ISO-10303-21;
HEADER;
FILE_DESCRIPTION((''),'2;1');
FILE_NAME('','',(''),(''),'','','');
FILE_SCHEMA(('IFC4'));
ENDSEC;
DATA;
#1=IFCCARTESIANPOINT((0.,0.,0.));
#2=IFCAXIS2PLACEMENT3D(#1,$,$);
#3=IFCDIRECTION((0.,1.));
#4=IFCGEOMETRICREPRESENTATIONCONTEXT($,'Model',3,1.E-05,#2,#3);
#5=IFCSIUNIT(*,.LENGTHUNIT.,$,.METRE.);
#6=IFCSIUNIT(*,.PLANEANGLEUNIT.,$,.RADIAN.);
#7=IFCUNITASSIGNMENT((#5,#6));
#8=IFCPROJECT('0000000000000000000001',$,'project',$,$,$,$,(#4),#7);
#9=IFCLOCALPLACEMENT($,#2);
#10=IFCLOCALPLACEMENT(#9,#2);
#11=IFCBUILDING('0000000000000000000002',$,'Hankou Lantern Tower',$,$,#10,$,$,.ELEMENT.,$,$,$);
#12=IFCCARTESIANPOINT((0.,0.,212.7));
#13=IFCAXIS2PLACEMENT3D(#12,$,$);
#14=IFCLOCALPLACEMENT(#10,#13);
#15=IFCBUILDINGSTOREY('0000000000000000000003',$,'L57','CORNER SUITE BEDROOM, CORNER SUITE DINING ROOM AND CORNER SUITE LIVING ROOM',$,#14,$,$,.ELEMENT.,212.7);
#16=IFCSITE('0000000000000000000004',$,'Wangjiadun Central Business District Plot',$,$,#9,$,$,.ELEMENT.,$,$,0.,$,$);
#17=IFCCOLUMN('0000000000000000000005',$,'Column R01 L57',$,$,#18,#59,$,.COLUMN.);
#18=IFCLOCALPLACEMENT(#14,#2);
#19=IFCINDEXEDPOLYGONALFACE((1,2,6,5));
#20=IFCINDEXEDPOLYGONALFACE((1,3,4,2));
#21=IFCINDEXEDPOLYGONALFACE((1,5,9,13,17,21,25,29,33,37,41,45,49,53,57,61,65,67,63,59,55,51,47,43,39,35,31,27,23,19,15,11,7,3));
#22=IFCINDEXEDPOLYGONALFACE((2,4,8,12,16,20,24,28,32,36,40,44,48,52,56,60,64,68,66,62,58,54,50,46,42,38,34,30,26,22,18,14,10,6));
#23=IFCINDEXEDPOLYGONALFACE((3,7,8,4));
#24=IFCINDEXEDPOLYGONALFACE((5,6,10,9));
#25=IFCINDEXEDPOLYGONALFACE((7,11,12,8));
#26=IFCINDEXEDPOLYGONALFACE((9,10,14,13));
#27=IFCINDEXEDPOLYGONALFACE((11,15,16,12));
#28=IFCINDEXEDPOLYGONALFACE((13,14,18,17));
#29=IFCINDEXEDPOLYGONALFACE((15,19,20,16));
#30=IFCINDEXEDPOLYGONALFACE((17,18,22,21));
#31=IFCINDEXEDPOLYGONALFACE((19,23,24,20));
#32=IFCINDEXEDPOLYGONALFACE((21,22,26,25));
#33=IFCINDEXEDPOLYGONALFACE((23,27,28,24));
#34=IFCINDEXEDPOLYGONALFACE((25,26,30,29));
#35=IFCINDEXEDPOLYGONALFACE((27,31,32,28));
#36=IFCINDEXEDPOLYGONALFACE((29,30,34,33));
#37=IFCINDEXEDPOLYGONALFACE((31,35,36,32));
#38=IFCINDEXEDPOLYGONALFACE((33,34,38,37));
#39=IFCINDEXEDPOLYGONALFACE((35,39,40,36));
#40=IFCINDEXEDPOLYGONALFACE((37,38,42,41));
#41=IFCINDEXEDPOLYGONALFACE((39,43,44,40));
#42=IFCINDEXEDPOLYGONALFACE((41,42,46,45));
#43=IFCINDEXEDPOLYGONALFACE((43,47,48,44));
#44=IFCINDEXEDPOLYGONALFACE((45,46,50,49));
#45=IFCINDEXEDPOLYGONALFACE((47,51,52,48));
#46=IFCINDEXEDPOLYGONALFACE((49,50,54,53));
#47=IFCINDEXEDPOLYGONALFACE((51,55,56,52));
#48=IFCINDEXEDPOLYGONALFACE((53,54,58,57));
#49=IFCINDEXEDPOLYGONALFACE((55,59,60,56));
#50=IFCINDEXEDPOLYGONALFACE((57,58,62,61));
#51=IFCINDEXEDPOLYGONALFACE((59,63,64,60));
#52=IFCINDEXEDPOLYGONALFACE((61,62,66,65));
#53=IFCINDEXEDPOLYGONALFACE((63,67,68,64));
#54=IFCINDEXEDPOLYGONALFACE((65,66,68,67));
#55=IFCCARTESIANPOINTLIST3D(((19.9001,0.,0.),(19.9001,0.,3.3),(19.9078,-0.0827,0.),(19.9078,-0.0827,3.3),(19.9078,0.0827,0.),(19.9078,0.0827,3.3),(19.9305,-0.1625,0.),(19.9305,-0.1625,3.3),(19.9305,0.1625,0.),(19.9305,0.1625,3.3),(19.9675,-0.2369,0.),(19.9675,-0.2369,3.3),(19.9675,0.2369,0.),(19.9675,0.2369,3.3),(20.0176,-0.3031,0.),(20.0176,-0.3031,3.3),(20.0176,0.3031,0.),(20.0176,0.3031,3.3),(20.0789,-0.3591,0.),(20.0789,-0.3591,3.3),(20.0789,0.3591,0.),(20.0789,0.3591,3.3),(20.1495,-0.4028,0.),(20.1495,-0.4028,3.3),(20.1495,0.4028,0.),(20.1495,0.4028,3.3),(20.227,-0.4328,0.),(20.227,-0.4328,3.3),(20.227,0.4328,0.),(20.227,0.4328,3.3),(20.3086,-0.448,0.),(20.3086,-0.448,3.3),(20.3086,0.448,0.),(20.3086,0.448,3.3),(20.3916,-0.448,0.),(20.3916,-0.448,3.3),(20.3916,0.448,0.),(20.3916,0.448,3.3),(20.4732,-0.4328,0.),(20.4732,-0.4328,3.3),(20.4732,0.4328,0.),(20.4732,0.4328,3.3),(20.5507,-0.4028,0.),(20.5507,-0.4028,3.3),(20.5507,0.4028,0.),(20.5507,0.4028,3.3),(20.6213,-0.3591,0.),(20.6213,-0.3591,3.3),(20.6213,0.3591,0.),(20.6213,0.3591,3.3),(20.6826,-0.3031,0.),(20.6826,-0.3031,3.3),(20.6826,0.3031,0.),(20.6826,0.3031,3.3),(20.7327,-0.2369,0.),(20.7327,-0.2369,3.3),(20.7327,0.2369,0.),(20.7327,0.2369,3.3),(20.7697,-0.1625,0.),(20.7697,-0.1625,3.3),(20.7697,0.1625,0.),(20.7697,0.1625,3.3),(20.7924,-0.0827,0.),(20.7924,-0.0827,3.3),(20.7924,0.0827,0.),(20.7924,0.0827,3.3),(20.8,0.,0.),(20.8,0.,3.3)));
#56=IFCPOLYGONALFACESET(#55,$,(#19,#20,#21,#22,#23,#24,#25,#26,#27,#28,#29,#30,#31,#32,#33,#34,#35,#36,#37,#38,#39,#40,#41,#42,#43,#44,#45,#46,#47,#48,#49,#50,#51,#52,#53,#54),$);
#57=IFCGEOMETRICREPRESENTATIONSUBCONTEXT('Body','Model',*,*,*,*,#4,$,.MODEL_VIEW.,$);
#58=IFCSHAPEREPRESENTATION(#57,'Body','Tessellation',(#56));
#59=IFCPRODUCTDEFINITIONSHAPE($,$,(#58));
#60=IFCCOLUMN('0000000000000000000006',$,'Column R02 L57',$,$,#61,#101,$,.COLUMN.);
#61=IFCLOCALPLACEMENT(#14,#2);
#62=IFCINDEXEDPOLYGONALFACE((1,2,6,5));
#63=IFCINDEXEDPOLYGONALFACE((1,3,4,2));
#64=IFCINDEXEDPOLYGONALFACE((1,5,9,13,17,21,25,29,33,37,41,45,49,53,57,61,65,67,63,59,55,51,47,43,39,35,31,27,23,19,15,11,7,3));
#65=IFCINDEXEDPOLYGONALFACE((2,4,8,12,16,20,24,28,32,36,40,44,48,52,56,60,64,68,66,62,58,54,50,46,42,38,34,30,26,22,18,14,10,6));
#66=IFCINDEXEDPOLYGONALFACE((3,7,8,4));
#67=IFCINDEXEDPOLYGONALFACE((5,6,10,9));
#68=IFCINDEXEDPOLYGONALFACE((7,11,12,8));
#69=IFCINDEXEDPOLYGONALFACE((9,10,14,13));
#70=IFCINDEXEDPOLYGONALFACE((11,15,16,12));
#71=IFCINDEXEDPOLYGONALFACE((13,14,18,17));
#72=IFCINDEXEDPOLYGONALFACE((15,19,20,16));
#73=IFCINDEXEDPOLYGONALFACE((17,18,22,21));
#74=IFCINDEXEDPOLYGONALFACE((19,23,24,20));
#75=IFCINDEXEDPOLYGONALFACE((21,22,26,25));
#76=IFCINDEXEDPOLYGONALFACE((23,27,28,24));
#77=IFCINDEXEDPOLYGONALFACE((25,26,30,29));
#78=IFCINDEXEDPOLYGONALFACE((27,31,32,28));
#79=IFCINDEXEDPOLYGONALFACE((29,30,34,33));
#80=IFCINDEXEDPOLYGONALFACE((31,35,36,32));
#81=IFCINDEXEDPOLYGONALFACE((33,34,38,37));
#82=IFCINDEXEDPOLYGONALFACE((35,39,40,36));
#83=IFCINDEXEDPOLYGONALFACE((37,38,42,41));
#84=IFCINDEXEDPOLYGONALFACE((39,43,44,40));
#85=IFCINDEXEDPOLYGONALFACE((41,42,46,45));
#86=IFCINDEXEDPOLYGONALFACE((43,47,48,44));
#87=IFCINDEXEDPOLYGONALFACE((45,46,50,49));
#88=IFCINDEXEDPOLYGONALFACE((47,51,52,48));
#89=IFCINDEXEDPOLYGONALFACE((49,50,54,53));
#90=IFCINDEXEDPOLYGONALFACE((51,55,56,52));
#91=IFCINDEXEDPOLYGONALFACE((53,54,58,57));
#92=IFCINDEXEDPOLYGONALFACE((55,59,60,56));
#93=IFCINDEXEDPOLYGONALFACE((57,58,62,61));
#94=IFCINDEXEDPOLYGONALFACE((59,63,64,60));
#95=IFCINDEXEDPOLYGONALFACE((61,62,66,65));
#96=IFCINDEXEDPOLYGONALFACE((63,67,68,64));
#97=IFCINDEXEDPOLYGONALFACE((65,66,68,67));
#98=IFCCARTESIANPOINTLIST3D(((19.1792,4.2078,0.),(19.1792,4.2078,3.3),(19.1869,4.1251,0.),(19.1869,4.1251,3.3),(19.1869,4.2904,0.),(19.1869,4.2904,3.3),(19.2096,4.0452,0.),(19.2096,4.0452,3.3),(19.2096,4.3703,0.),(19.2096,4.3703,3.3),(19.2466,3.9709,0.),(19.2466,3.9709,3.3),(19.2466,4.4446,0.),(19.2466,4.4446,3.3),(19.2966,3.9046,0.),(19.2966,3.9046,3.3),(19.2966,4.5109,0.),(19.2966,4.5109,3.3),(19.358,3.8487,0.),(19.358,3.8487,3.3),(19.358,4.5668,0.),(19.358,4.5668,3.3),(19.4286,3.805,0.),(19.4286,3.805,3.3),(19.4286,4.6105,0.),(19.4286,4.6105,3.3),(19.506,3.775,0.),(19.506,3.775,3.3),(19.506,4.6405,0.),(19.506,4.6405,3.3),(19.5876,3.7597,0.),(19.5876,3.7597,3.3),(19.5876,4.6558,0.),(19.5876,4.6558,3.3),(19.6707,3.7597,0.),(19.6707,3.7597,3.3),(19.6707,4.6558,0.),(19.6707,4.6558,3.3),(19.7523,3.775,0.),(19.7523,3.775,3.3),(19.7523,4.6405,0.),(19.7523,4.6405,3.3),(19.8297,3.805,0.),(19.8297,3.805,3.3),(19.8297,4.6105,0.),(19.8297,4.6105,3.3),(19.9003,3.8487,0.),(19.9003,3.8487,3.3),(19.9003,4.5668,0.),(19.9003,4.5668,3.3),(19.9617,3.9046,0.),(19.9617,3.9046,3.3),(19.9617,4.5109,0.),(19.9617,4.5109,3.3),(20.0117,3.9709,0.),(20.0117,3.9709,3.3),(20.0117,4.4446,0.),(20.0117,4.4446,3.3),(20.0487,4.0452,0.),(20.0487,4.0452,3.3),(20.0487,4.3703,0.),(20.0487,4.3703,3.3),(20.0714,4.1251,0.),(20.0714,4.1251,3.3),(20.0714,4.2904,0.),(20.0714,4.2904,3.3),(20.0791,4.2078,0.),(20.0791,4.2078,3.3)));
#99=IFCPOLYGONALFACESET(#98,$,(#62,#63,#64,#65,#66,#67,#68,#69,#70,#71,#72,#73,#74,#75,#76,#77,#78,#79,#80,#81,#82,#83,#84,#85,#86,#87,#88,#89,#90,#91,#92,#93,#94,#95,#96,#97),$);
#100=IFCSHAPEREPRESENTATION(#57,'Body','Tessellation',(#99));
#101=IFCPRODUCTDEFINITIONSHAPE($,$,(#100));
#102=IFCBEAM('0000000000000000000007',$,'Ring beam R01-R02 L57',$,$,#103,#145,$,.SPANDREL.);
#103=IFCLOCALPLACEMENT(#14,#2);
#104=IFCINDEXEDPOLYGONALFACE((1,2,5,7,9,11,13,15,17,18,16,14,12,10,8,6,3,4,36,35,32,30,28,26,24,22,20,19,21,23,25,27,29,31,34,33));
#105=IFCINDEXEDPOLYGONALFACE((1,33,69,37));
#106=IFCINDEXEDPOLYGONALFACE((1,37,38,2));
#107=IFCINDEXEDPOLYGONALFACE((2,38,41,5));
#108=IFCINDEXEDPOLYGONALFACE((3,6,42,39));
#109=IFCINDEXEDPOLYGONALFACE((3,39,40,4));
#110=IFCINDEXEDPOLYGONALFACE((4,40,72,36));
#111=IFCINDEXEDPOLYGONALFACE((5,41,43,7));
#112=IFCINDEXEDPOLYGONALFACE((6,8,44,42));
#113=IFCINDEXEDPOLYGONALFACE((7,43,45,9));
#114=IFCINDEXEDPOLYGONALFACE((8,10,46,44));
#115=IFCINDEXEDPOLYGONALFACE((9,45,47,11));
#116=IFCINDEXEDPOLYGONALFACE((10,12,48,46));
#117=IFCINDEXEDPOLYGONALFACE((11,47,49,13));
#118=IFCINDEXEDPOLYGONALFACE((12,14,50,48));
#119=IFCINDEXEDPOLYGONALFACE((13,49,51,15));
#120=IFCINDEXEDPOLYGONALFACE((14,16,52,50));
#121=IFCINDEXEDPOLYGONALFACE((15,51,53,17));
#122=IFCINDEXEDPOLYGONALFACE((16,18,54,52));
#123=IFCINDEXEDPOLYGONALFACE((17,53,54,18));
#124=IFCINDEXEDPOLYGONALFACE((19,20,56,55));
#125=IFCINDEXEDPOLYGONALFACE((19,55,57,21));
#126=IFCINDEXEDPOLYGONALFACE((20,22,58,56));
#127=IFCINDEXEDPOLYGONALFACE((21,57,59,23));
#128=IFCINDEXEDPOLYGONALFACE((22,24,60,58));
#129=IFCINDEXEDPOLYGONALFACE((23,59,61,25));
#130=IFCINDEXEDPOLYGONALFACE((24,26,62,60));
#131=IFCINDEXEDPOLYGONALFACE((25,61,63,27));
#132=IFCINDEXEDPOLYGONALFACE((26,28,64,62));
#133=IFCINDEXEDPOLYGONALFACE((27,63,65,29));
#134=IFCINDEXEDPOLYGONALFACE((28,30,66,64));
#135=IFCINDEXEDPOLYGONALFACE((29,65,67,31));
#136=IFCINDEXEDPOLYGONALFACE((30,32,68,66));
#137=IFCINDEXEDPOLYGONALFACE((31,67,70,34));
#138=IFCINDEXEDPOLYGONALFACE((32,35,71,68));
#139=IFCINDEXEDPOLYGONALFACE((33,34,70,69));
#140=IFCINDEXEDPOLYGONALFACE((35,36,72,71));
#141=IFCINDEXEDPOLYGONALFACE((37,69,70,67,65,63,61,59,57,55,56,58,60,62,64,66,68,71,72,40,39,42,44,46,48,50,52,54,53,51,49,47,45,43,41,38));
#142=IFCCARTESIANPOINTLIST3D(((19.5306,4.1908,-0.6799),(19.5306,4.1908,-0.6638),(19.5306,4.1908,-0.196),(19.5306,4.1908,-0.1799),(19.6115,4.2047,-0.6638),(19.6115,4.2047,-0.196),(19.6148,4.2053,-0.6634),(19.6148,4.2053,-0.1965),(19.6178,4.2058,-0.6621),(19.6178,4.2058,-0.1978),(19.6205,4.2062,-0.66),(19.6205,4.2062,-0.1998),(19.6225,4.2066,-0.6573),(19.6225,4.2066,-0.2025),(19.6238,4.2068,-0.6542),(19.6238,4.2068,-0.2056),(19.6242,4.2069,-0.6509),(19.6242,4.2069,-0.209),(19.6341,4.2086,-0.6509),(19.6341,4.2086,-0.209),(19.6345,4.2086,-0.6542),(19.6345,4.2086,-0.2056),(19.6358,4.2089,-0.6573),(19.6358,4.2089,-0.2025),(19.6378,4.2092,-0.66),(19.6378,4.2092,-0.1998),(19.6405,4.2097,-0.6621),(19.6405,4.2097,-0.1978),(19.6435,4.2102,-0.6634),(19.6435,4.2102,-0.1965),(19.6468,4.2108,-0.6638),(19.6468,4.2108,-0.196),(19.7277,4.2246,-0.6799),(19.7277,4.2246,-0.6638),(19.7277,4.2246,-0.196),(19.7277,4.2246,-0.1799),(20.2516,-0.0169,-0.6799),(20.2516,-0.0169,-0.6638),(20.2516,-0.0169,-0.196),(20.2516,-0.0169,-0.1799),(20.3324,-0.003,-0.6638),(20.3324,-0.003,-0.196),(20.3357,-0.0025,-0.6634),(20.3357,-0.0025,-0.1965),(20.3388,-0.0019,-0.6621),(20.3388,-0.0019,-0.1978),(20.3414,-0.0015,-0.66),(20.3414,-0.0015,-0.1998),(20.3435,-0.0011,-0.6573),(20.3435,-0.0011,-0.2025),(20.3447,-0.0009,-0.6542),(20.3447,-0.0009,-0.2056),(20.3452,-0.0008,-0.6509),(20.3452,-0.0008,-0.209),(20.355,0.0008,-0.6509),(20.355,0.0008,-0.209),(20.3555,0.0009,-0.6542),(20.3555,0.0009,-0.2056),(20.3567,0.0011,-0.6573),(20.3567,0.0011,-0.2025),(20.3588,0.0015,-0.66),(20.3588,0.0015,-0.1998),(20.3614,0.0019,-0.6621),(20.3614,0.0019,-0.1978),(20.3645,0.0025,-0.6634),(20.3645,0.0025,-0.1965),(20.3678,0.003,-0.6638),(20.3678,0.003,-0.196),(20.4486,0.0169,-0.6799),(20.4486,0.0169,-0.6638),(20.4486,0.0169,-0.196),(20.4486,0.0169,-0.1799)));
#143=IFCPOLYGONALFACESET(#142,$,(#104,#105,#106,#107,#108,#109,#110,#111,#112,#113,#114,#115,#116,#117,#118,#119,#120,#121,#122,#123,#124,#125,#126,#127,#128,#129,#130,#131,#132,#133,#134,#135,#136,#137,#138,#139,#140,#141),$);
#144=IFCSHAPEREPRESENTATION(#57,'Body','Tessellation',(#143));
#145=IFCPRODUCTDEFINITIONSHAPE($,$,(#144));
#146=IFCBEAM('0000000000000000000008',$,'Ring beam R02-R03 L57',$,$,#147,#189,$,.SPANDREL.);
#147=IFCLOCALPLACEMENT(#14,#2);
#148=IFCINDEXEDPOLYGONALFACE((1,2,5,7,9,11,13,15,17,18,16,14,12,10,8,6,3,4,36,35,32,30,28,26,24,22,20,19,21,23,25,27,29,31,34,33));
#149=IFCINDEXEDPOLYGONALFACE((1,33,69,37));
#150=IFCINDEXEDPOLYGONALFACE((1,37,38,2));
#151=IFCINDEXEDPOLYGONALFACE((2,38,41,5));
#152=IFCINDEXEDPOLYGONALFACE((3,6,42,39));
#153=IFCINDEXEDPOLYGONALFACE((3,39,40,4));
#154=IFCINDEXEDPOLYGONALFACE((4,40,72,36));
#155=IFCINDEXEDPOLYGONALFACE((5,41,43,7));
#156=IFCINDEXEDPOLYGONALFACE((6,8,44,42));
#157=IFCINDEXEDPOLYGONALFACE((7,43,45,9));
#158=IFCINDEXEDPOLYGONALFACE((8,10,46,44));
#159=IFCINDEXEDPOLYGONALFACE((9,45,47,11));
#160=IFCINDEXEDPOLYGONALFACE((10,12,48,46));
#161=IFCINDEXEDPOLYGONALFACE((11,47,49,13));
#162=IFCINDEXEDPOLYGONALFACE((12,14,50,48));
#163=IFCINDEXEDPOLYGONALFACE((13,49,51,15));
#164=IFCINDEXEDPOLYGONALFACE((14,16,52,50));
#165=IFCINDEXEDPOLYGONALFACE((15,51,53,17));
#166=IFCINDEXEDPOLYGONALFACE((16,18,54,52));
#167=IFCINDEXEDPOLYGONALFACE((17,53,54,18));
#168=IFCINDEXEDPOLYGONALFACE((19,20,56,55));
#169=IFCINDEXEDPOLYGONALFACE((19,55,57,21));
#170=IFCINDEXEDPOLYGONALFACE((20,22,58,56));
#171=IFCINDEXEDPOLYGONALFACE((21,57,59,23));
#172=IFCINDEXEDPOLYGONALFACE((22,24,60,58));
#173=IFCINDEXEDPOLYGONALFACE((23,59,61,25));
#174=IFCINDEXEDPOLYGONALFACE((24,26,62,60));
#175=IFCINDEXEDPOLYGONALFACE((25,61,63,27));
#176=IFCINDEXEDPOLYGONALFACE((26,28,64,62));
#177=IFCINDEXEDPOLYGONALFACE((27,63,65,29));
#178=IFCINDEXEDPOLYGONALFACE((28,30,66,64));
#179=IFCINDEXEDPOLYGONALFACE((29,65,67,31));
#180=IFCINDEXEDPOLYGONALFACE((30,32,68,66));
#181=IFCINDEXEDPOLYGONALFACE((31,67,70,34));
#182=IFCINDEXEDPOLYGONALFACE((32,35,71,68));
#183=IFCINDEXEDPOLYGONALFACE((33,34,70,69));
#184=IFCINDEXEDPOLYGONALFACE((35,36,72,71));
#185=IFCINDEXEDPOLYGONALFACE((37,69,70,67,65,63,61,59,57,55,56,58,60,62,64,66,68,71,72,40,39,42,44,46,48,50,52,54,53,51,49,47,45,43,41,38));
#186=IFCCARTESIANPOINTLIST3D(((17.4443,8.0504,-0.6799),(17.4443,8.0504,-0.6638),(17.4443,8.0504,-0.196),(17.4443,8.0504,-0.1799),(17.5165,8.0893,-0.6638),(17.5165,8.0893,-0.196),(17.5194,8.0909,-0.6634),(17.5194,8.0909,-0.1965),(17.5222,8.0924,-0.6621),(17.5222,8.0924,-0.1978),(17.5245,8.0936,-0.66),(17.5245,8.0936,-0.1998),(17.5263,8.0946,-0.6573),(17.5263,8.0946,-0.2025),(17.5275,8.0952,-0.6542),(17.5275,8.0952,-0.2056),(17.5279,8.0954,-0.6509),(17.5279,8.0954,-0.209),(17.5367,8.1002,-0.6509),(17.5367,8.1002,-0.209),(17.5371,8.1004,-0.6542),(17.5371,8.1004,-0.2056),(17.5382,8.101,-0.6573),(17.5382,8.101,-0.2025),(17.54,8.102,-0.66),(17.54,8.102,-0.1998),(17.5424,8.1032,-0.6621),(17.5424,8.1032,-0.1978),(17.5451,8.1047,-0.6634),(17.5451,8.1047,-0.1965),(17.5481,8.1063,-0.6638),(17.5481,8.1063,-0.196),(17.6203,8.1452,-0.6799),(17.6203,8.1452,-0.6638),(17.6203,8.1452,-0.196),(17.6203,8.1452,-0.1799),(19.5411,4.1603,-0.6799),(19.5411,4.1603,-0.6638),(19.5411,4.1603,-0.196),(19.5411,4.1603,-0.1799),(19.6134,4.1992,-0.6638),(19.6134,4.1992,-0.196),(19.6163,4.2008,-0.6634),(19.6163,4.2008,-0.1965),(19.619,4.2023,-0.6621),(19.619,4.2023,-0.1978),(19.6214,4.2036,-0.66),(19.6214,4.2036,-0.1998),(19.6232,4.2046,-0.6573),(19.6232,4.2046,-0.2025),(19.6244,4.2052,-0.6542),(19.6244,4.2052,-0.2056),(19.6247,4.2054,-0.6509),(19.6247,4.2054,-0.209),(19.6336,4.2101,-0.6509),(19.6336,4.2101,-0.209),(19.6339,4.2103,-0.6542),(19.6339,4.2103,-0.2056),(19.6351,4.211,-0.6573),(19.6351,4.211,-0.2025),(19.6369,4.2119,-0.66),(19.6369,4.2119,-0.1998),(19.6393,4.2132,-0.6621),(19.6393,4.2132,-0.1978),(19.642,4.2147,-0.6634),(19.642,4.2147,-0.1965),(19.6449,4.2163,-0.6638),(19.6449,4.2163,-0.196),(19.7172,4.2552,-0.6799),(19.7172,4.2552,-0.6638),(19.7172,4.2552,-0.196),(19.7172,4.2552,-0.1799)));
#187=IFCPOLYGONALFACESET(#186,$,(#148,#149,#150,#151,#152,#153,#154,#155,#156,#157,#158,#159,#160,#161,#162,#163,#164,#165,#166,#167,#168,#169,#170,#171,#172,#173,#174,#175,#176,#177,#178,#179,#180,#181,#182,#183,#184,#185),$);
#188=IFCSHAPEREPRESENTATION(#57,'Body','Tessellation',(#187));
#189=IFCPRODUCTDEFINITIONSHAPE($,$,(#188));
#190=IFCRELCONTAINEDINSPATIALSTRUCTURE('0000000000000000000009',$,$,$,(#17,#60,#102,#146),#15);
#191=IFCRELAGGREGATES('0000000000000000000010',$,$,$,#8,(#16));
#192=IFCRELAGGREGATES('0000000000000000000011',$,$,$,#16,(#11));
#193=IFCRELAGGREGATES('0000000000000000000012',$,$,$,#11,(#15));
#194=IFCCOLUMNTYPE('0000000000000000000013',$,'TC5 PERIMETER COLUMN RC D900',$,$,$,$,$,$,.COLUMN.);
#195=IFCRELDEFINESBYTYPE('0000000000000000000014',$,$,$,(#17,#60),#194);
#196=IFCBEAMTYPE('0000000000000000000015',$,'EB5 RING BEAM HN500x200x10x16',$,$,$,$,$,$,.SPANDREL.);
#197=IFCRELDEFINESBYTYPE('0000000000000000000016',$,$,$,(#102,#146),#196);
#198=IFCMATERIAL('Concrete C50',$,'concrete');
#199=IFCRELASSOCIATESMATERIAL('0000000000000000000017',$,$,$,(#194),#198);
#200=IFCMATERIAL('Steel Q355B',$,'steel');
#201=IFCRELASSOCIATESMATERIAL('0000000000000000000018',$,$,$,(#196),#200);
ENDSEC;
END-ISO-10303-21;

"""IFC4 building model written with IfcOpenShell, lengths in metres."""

from ifc_helpers import new_model, si_unit, direction, frame, origin, origin_2d, place, context, subcontext, project, spatial, circle, i_section, extrude, material, material_profile, profile_set, type_object, element, save


model = new_model("IFC4")

# Units and contexts
model_context = context("Model", 3, precision=1e-05, world=origin(), true_north=direction((0.0, 1.0)))
body_context = subcontext(model_context, "Body", "Model", "MODEL_VIEW")
ifc_project = project(units=[si_unit("LENGTHUNIT", "METRE"), si_unit("PLANEANGLEUNIT", "RADIAN")], contexts=[model_context])

# Site, building, storey
site_placement = place(None, origin())
site = spatial("IfcSite", under=ifc_project, at=site_placement, Name="Wangjiadun Central Business District Plot", CompositionType="ELEMENT", RefElevation=0.0)
building_placement = place(site_placement, origin())
building = spatial("IfcBuilding", under=site, at=building_placement, Name="Hankou Lantern Tower", CompositionType="ELEMENT")
storey_placement = place(building_placement, frame((0.0, 0.0, 212.7)))
storey = spatial("IfcBuildingStorey", under=building, at=storey_placement, Name="L57", Description="CORNER SUITE BEDROOM, CORNER SUITE DINING ROOM AND CORNER SUITE LIVING ROOM", CompositionType="ELEMENT", Elevation=212.7)

# Columns
ifc_material_1 = material(Name="Concrete C50", Category="concrete")
ifc_material_profile_1 = material_profile(ifc_material_1, circle(Radius=0.45, at=origin_2d()), Name="RC D900")
ifc_profile_set_1 = profile_set([ifc_material_profile_1], Name="Concrete C50")
column_type = type_object("IfcColumnType", Name="TC5 PERIMETER COLUMN RC D900", PredefinedType="COLUMN", material=ifc_profile_set_1)
for number, where, z_axis, x_axis, name in (
    (1, (20.3501, 0.0, 0.0), (0.0, 0.0, 1.0), (1.0, 0.0, 0.0), "Column R01 L57"),
    (2, (19.6292, 4.2078, 0.0), (0.0, 0.0, 1.0), (1.0, 0.0, 0.0), "Column R02 L57"),
):
    element("IfcColumn", number, at=place(storey_placement, frame(where, z_axis=z_axis, x_axis=x_axis)), inside=storey, type_object=column_type, Name=name, PredefinedType="COLUMN", context=body_context, shape_type="SweptSolid", body=[
        extrude(circle(Radius=0.45, at=origin_2d()), origin(), (0.0, 0.0, 1.0), 3.3),
    ])

# Beams
ifc_material_2 = material(Name="Steel Q355B", Category="steel")
ifc_material_profile_2 = material_profile(ifc_material_2, i_section(OverallWidth=0.2, OverallDepth=0.5, WebThickness=0.01, FlangeThickness=0.0161, FilletRadius=0.0129, at=origin_2d()), Name="HN500x200x10x16")
ifc_profile_set_2 = profile_set([ifc_material_profile_2], Name="Steel Q355B")
beam_type_1 = type_object("IfcBeamType", Name="EB5 RING BEAM HN500x200x10x16", PredefinedType="SPANDREL", material=ifc_profile_set_2)
beam_1_placement = place(storey_placement, frame((20.3501, 0.0, -0.4299), z_axis=(-0.168877, 0.985637, 0.0), x_axis=(-0.985637, -0.168877, 0.0)))
element("IfcBeam", 3, at=beam_1_placement, inside=storey, type_object=beam_type_1, Name="Ring beam R01-R02 L57", PredefinedType="SPANDREL", context=body_context, shape_type="SweptSolid", body=[
    extrude(i_section(OverallWidth=0.2, OverallDepth=0.5, WebThickness=0.01, FlangeThickness=0.0161, FilletRadius=0.0129, at=origin_2d()), origin(), (0.0, 0.0, 1.0), 4.269),
])
beam_2_placement = place(storey_placement, frame((19.6292, 4.2078, -0.4299), z_axis=(-0.474492, 0.88026, 0.0), x_axis=(-0.88026, -0.474492, 0.0)))
element("IfcBeam", 4, at=beam_2_placement, inside=storey, type_object=beam_type_1, Name="Ring beam R02-R03 L57", PredefinedType="SPANDREL", context=body_context, shape_type="SweptSolid", body=[
    extrude(i_section(OverallWidth=0.2, OverallDepth=0.5, WebThickness=0.01, FlangeThickness=0.0161, FilletRadius=0.0129, at=origin_2d()), origin(), (0.0, 0.0, 1.0), 4.4192),
])

save(model, "model.ifc")
